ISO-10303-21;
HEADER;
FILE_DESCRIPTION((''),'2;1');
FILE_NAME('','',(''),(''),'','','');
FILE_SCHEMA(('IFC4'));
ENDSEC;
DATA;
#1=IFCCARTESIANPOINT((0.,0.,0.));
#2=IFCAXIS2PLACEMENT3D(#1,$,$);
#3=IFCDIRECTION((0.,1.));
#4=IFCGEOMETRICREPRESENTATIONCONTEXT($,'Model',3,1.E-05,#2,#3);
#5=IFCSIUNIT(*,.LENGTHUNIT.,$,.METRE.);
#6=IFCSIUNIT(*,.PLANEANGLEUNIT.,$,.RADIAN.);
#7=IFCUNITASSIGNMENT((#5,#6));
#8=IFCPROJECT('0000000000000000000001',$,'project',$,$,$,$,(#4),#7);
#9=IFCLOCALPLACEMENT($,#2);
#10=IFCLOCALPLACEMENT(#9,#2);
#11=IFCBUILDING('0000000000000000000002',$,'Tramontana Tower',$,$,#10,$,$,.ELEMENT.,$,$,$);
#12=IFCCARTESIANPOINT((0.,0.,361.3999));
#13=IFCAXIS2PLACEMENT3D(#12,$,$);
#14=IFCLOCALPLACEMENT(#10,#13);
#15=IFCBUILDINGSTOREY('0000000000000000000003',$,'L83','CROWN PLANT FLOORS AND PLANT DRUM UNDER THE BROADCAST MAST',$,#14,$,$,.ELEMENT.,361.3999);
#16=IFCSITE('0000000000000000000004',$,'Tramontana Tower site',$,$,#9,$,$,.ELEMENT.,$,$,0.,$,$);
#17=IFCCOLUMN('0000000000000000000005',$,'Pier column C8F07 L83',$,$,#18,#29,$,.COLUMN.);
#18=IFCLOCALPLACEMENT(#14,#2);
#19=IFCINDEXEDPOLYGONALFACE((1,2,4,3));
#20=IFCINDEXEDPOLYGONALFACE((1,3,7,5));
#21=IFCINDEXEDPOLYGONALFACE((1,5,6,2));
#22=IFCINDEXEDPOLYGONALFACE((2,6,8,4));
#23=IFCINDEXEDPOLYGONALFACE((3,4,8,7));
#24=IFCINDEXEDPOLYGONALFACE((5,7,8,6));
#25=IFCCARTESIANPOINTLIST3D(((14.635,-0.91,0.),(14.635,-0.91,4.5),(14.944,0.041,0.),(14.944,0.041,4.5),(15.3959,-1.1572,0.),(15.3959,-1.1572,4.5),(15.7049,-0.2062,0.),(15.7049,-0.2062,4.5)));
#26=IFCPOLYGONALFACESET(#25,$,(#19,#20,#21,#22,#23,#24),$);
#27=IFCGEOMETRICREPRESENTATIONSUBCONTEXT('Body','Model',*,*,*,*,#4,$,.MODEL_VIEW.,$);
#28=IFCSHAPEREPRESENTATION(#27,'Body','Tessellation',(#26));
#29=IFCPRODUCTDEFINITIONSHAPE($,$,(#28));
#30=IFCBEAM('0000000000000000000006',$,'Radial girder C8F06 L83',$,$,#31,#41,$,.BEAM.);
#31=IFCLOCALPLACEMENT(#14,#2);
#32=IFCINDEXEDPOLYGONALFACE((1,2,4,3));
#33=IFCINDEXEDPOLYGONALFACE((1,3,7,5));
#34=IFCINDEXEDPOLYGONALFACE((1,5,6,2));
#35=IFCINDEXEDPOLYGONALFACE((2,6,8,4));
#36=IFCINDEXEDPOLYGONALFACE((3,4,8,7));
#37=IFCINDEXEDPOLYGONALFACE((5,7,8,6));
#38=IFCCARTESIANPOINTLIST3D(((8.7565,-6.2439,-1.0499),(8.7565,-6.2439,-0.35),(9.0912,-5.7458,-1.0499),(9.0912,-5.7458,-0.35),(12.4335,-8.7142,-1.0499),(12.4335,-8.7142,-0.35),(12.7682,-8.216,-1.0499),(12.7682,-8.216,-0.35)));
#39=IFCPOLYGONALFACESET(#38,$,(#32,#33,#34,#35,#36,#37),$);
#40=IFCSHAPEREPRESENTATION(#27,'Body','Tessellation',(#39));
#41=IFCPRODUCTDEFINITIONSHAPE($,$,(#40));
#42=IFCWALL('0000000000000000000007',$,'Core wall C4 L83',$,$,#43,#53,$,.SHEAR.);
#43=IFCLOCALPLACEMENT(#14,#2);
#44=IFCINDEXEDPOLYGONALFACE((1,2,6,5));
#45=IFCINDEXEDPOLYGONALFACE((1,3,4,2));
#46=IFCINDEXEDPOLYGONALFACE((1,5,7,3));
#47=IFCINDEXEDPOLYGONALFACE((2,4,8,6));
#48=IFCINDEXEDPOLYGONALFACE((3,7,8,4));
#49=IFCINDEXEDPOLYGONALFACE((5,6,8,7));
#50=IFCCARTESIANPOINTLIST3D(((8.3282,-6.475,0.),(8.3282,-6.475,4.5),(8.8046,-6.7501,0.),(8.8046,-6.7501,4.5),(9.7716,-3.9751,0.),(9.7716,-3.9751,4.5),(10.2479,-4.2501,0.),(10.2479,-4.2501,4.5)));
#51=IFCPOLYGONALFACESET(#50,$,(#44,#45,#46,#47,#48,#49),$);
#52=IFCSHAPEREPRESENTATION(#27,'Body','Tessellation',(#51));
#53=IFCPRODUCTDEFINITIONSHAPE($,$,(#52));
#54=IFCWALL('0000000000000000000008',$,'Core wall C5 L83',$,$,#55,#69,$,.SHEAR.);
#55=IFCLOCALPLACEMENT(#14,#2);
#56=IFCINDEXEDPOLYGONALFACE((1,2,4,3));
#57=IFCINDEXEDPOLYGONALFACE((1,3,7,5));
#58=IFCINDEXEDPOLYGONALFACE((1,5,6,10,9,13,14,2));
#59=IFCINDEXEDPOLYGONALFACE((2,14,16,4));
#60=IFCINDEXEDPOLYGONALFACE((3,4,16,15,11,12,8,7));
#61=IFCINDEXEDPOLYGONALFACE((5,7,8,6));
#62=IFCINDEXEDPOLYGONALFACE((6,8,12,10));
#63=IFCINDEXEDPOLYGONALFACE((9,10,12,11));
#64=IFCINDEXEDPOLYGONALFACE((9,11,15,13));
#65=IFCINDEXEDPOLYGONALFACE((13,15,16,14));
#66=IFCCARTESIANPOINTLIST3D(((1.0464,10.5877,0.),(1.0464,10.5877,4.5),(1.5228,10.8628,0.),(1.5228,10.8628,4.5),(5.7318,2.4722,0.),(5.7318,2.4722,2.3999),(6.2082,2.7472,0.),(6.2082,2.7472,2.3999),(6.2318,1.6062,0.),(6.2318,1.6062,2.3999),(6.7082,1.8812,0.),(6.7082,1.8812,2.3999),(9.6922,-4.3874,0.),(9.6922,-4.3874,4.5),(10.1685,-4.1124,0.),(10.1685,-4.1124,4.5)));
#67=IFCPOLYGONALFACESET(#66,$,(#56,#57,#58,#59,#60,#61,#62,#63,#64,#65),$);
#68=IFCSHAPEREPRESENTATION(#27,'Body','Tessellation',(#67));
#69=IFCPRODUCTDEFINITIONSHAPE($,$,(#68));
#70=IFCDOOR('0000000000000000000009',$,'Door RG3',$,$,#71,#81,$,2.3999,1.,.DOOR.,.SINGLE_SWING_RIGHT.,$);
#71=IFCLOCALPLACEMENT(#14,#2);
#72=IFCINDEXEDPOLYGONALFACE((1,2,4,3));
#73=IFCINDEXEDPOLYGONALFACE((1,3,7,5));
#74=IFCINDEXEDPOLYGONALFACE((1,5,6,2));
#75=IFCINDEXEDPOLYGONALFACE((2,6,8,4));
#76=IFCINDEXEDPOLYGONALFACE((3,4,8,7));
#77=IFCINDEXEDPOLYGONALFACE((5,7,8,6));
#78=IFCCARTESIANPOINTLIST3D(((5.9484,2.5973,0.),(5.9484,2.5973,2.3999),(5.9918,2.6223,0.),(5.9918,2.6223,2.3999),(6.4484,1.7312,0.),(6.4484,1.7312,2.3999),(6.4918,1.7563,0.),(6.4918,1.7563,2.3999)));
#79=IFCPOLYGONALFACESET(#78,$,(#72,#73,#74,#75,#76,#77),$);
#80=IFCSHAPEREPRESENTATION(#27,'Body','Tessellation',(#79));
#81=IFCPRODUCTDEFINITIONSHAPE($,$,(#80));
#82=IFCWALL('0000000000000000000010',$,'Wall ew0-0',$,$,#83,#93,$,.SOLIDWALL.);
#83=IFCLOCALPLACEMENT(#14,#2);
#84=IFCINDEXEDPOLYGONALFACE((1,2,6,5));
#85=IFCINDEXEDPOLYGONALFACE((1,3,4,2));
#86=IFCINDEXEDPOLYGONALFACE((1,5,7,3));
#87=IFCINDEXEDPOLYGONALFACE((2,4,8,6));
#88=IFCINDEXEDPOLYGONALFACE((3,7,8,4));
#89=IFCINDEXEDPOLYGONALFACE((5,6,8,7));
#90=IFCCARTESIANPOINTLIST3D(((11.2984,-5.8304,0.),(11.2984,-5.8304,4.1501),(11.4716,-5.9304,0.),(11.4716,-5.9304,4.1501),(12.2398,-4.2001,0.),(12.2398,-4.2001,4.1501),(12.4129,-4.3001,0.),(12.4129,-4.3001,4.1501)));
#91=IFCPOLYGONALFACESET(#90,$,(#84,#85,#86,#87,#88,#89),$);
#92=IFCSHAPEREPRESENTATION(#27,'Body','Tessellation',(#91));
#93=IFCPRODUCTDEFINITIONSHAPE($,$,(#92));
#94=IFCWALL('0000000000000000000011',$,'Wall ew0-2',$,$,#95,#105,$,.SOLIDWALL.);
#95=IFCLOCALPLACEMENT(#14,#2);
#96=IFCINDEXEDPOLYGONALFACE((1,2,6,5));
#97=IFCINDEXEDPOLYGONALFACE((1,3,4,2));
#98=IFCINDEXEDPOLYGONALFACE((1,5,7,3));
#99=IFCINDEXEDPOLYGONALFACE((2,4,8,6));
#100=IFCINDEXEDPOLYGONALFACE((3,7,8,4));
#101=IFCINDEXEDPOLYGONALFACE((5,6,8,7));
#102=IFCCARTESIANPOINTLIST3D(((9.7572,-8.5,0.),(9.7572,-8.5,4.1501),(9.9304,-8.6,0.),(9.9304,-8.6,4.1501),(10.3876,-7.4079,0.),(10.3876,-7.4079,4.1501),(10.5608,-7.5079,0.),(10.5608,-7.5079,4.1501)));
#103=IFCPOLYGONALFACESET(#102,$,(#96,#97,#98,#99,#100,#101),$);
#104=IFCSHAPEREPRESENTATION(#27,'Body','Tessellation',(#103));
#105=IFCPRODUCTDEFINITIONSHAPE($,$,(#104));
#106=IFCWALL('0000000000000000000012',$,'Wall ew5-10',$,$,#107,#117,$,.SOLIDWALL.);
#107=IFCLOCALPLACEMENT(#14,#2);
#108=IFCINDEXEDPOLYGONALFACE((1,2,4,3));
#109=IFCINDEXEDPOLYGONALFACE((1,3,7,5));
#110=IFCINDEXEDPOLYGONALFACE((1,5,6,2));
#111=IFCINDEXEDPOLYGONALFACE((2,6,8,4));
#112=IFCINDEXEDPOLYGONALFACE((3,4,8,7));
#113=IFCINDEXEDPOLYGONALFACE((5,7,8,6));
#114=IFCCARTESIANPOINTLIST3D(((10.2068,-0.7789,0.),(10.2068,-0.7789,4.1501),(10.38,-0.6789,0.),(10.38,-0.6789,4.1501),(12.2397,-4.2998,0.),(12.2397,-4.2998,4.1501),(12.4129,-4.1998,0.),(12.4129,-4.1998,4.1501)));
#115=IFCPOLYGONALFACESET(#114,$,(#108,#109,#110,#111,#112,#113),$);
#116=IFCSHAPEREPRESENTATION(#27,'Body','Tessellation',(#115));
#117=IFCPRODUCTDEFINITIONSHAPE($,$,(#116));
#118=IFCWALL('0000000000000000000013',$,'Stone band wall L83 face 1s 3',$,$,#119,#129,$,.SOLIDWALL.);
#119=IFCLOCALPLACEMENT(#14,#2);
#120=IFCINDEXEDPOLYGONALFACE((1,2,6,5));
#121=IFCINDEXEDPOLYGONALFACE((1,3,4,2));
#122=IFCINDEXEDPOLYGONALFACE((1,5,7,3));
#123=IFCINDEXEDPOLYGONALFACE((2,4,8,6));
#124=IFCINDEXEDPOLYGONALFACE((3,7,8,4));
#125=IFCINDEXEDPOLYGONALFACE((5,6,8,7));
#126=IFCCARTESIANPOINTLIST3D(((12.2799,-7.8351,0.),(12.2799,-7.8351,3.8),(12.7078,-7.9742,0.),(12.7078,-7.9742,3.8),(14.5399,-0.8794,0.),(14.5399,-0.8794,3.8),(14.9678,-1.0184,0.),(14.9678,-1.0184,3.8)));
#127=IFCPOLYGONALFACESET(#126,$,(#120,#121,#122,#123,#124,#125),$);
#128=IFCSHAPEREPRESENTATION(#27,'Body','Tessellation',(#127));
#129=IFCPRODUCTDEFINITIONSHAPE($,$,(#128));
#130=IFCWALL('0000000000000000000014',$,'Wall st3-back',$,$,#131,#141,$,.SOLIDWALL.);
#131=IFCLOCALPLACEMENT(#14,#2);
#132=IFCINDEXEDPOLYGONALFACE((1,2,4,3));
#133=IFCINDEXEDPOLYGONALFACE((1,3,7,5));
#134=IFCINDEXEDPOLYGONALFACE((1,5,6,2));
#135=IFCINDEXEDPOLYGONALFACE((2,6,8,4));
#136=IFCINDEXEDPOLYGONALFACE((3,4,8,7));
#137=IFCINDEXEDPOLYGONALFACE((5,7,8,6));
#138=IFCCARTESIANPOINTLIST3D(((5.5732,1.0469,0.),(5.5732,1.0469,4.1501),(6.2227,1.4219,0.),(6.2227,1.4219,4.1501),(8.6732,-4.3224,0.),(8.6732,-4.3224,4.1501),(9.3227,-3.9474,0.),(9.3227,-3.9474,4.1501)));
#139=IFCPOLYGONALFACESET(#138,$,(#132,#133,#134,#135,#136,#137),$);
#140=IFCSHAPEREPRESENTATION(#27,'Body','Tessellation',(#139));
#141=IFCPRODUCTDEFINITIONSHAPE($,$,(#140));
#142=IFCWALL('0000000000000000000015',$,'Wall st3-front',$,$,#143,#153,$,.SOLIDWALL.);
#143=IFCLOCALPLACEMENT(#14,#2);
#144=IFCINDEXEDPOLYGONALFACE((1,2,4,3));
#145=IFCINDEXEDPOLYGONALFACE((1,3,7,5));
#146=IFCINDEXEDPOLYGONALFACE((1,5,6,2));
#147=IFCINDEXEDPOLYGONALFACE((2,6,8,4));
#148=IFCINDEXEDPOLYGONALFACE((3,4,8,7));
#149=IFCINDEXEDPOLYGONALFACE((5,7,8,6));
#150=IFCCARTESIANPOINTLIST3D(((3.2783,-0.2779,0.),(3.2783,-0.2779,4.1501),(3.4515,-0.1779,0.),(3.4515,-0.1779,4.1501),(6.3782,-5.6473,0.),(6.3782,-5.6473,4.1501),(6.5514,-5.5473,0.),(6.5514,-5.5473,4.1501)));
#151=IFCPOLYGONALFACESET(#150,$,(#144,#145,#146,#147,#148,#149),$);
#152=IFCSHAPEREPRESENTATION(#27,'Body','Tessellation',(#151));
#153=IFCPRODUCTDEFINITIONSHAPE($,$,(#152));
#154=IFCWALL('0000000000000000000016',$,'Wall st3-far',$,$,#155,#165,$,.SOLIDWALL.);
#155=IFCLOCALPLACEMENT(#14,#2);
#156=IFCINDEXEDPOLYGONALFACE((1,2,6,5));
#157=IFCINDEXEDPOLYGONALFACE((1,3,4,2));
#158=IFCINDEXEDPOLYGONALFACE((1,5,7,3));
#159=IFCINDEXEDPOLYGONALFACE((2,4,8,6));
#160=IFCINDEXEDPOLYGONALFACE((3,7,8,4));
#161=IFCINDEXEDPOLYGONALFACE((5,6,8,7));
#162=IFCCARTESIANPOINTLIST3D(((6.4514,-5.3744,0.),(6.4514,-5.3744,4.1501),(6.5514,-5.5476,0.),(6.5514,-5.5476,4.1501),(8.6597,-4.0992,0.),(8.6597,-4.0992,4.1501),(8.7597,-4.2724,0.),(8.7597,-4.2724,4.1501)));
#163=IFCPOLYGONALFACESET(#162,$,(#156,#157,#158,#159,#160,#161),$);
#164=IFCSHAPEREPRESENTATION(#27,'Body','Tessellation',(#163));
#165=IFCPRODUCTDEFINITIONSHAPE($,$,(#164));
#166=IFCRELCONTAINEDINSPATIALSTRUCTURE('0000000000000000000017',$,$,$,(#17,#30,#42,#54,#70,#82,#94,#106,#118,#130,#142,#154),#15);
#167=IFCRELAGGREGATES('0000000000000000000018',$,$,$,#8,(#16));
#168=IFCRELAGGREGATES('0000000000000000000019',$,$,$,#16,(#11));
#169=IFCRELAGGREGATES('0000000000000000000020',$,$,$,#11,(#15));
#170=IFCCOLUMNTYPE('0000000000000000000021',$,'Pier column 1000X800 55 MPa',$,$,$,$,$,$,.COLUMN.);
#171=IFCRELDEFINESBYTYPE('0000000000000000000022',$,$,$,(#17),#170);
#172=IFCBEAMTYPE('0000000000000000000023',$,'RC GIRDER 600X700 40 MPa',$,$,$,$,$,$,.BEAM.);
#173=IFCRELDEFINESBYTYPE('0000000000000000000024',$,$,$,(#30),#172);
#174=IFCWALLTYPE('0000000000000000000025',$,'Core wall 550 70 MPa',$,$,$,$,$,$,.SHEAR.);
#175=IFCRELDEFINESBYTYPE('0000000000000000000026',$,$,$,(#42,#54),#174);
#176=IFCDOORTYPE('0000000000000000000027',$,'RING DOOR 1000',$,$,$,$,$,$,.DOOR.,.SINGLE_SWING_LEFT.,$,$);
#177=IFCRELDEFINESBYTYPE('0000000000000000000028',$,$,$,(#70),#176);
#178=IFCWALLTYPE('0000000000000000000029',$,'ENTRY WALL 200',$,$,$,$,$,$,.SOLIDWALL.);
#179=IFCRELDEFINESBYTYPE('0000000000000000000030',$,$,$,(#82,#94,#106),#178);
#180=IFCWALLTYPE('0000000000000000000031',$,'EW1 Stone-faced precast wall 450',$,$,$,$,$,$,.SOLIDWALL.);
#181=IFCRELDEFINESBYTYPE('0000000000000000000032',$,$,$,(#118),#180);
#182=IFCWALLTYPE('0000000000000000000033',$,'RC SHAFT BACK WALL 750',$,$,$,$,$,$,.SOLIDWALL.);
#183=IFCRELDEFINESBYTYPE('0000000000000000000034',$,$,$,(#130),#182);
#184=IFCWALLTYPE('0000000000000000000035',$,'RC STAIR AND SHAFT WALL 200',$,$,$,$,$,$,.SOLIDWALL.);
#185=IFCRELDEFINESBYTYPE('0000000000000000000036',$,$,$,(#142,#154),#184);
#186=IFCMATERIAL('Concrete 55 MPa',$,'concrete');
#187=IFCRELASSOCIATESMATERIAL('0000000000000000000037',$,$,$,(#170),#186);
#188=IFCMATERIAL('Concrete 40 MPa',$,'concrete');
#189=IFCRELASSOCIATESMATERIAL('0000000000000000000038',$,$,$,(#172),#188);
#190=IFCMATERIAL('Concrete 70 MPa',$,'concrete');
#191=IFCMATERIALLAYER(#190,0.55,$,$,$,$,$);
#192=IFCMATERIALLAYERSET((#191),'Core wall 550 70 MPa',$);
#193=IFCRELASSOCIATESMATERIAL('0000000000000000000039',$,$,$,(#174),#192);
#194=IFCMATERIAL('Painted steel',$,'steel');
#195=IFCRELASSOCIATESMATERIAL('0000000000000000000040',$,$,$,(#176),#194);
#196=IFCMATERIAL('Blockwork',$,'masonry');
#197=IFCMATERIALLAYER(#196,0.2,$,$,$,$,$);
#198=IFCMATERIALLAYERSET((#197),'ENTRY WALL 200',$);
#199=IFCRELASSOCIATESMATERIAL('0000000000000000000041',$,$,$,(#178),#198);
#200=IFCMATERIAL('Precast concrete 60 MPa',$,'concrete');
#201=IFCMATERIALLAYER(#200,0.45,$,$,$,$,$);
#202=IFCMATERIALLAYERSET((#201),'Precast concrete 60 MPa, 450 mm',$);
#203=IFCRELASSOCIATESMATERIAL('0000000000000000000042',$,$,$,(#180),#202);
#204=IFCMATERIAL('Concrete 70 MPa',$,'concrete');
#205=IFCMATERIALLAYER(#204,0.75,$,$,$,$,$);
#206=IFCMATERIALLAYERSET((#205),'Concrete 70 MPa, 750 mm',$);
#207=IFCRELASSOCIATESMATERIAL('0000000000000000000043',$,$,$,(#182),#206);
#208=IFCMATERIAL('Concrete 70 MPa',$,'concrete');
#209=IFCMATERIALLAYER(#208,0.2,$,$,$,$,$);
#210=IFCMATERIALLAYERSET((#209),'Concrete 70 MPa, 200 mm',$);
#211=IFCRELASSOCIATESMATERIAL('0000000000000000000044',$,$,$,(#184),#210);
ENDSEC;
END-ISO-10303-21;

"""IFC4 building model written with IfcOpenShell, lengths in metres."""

from ifc_helpers import new_model, si_unit, direction, frame, frame_2d, origin, origin_2d, place, context, subcontext, project, spatial, rectangle, extrude, material, layer, layer_set, material_profile, profile_set, type_object, element, fill, save


model = new_model("IFC4")

# Units and contexts
model_context = context("Model", 3, precision=1e-05, world=origin(), true_north=direction((0.0, 1.0)))
body_context = subcontext(model_context, "Body", "Model", "MODEL_VIEW")
ifc_project = project(units=[si_unit("LENGTHUNIT", "METRE"), si_unit("PLANEANGLEUNIT", "RADIAN")], contexts=[model_context])

# Site, building, storey
site_placement = place(None, origin())
site = spatial("IfcSite", under=ifc_project, at=site_placement, Name="Tramontana Tower site", CompositionType="ELEMENT", RefElevation=0.0)
building_placement = place(site_placement, origin())
building = spatial("IfcBuilding", under=site, at=building_placement, Name="Tramontana Tower", CompositionType="ELEMENT")
storey_placement = place(building_placement, frame((0.0, 0.0, 361.3999)))
storey = spatial("IfcBuildingStorey", under=building, at=storey_placement, Name="L83", Description="CROWN PLANT FLOORS AND PLANT DRUM UNDER THE BROADCAST MAST", CompositionType="ELEMENT", Elevation=361.3999)

# Column
ifc_material_1 = material(Name="Concrete 55 MPa", Category="concrete")
ifc_material_profile_1 = material_profile(ifc_material_1, rectangle(XDim=1.0, YDim=0.8, at=origin_2d()), Name="Pier column 1000X800 55 MPa")
ifc_profile_set_1 = profile_set([ifc_material_profile_1], Name="Concrete 55 MPa")
column_type = type_object("IfcColumnType", Name="Pier column 1000X800 55 MPa", PredefinedType="COLUMN", material=ifc_profile_set_1)
column_placement = place(storey_placement, frame((15.1699, -0.5581, 0.0), z_axis=(0.0, 0.0, 1.0), x_axis=(0.309017, 0.951057, 0.0)))
element("IfcColumn", 1, at=column_placement, inside=storey, type_object=column_type, Name="Pier column C8F07 L83", PredefinedType="COLUMN", context=body_context, shape_type="SweptSolid", body=[
    extrude(rectangle(XDim=1.0, YDim=0.8, at=origin_2d()), origin(), (0.0, 0.0, 1.0), 4.5),
])

# Beam
ifc_material_2 = material(Name="Concrete 40 MPa", Category="concrete")
ifc_material_profile_2 = material_profile(ifc_material_2, rectangle(XDim=0.6001, YDim=0.7, at=origin_2d()), Name="RC GIRDER 600X700 40 MPa")
ifc_profile_set_2 = profile_set([ifc_material_profile_2], Name="Concrete 40 MPa")
beam_type = type_object("IfcBeamType", Name="RC GIRDER 600X700 40 MPa", PredefinedType="BEAM", material=ifc_profile_set_2)
beam_placement = place(storey_placement, frame((12.6008, -8.4651, -0.7), z_axis=(-0.830078, 0.557647, 0.0), x_axis=(-0.557647, -0.830078, 0.0)))
element("IfcBeam", 2, at=beam_placement, inside=storey, type_object=beam_type, Name="Radial girder C8F06 L83", PredefinedType="BEAM", context=body_context, shape_type="SweptSolid", body=[
    extrude(rectangle(XDim=0.6001, YDim=0.7, at=origin_2d()), origin(), (0.0, 0.0, 1.0), 4.4297),
])

# Wall
ifc_material_3 = material(Name="Concrete 70 MPa", Category="concrete")
ifc_layer_1 = layer(ifc_material_3, 0.55)
ifc_layer_set_1 = layer_set([ifc_layer_1], Name="Core wall 550 70 MPa")
wall_type_1 = type_object("IfcWallType", Name="Core wall 550 70 MPa", PredefinedType="SHEAR", material=ifc_layer_set_1)
wall_1_placement = place(storey_placement, frame((8.5664, -6.6125, 0.0), z_axis=(0.0, 0.0, 1.0), x_axis=(0.499996, 0.866028, 0.0)))
element("IfcWall", 3, at=wall_1_placement, inside=storey, type_object=wall_type_1, Name="Core wall C4 L83", PredefinedType="SHEAR", context=body_context, shape_type="SweptSolid", body=[
    extrude(rectangle(XDim=2.8867, YDim=0.55, at=frame_2d((1.4434, 0.0))), origin(), (0.0, 0.0, 1.0), 4.5),
])

# Wall, opening, door
wall_2_placement = place(storey_placement, frame((9.9304, -4.25, 0.0), z_axis=(0.0, 0.0, 1.0), x_axis=(-0.499995, 0.866029, 0.0)))
wall_2 = element("IfcWall", 4, at=wall_2_placement, inside=storey, type_object=wall_type_1, Name="Core wall C5 L83", PredefinedType="SHEAR", context=body_context, shape_type="SweptSolid", body=[
    extrude(rectangle(XDim=17.2917, YDim=0.55, at=frame_2d((8.646, 0.0))), origin(), (0.0, 0.0, 1.0), 4.5),
])
opening_1_placement = place(wall_2_placement, frame((6.9209, 0.0, 0.0)))
opening_1 = element("IfcOpeningElement", 5, at=opening_1_placement, cuts=wall_2, PredefinedType="OPENING", context=body_context, shape_type="SweptSolid", body=[
    extrude(rectangle(XDim=1.0, YDim=2.3999, at=frame_2d((0.5, 1.2))), frame((0.0, 0.2849, 0.0), z_axis=(0.0, -1.0, 0.0), x_axis=(1.0, 0.0, 0.0)), (0.0, 0.0, 1.0), 0.5701),
])
ifc_material_4 = material(Name="Painted steel", Category="steel")
door_type_1 = type_object("IfcDoorType", Name="RING DOOR 1000", OperationType="SINGLE_SWING_LEFT", PredefinedType="DOOR", material=ifc_material_4)
door_1_placement = place(opening_1_placement, origin())
door_1 = element("IfcDoor", 6, at=door_1_placement, inside=storey, type_object=door_type_1, Name="Door RG3", OperationType="SINGLE_SWING_RIGHT", OverallHeight=2.3999, OverallWidth=1.0, PredefinedType="DOOR", context=body_context, shape_type="SweptSolid", body=[
    extrude(rectangle(XDim=1.0, YDim=2.3999, at=frame_2d((0.5, 1.2))), frame((0.0, 0.0249, 0.0), z_axis=(0.0, -1.0, 0.0), x_axis=(1.0, 0.0, 0.0)), (0.0, 0.0, 1.0), 0.05),
])
fill(opening_1, door_1)

# Wall
ifc_material_5 = material(Name="Blockwork", Category="masonry")
ifc_layer_2 = layer(ifc_material_5, 0.2)
ifc_layer_set_2 = layer_set([ifc_layer_2], Name="ENTRY WALL 200")
wall_type_2 = type_object("IfcWallType", Name="ENTRY WALL 200", PredefinedType="SOLIDWALL", material=ifc_layer_set_2)
wall_3_placement = place(storey_placement, frame((12.3264, -4.25, 0.0), z_axis=(0.0, 0.0, 1.0), x_axis=(-0.500044, -0.866, 0.0)))
element("IfcWall", 7, at=wall_3_placement, inside=storey, type_object=wall_type_2, Name="Wall ew0-0", PredefinedType="SOLIDWALL", context=body_context, shape_type="SweptSolid", body=[
    extrude(rectangle(XDim=1.8826, YDim=0.2, at=frame_2d((0.9414, 0.0))), origin(), (0.0, 0.0, 1.0), 4.1501),
])

# Walls
wall_4_placement = place(storey_placement, frame((10.4741, -7.458, 0.0), z_axis=(0.0, 0.0, 1.0), x_axis=(-0.499929, -0.866066, 0.0)))
element("IfcWall", 8, at=wall_4_placement, inside=storey, type_object=wall_type_2, Name="Wall ew0-2", PredefinedType="SOLIDWALL", context=body_context, shape_type="SweptSolid", body=[
    extrude(rectangle(XDim=1.261, YDim=0.2, at=frame_2d((0.6304, 0.0))), origin(), (0.0, 0.0, 1.0), 4.1501),
])
wall_5_placement = place(storey_placement, frame((10.2935, -0.729, 0.0), z_axis=(0.0, 0.0, 1.0), x_axis=(0.50002, -0.866014, 0.0)))
element("IfcWall", 9, at=wall_5_placement, inside=storey, type_object=wall_type_2, Name="Wall ew5-10", PredefinedType="SOLIDWALL", context=body_context, shape_type="SweptSolid", body=[
    extrude(rectangle(XDim=4.0657, YDim=0.2, at=frame_2d((2.0327, 0.0))), origin(), (0.0, 0.0, 1.0), 4.1501),
])
ifc_material_6 = material(Name="Precast concrete 60 MPa", Category="concrete")
ifc_layer_3 = layer(ifc_material_6, 0.45)
ifc_layer_set_3 = layer_set([ifc_layer_3], Name="Precast concrete 60 MPa, 450 mm")
wall_type_3 = type_object("IfcWallType", Name="EW1 Stone-faced precast wall 450", PredefinedType="SOLIDWALL", material=ifc_layer_set_3)
wall_6_placement = place(storey_placement, frame((12.4939, -7.9045, 0.0), z_axis=(0.0, 0.0, 1.0), x_axis=(0.309008, 0.951059, 0.0)))
element("IfcWall", 10, at=wall_6_placement, inside=storey, type_object=wall_type_3, Name="Stone band wall L83 face 1s 3", PredefinedType="SOLIDWALL", context=body_context, shape_type="SweptSolid", body=[
    extrude(rectangle(XDim=7.3137, YDim=0.45, at=frame_2d((3.6567, 0.0))), origin(), (0.0, 0.0, 1.0), 3.8),
])
ifc_material_7 = material(Name="Concrete 70 MPa", Category="concrete")
ifc_layer_4 = layer(ifc_material_7, 0.75)
ifc_layer_set_4 = layer_set([ifc_layer_4], Name="Concrete 70 MPa, 750 mm")
wall_type_4 = type_object("IfcWallType", Name="RC SHAFT BACK WALL 750", PredefinedType="SOLIDWALL", material=ifc_layer_set_4)
wall_7_placement = place(storey_placement, frame((8.998, -4.135, 0.0), z_axis=(0.0, 0.0, 1.0), x_axis=(-0.50001, 0.86602, 0.0)))
element("IfcWall", 11, at=wall_7_placement, inside=storey, type_object=wall_type_4, Name="Wall st3-back", PredefinedType="SOLIDWALL", context=body_context, shape_type="SweptSolid", body=[
    extrude(rectangle(XDim=6.2, YDim=0.75, at=frame_2d((3.1001, 0.0))), origin(), (0.0, 0.0, 1.0), 4.1501),
])
ifc_material_8 = material(Name="Concrete 70 MPa", Category="concrete")
ifc_layer_5 = layer(ifc_material_8, 0.2)
ifc_layer_set_5 = layer_set([ifc_layer_5], Name="Concrete 70 MPa, 200 mm")
wall_type_5 = type_object("IfcWallType", Name="RC STAIR AND SHAFT WALL 200", PredefinedType="SOLIDWALL", material=ifc_layer_set_5)
wall_8_placement = place(storey_placement, frame((6.4648, -5.5974, 0.0), z_axis=(0.0, 0.0, 1.0), x_axis=(-0.49998, 0.866037, 0.0)))
element("IfcWall", 12, at=wall_8_placement, inside=storey, type_object=wall_type_5, Name="Wall st3-front", PredefinedType="SOLIDWALL", context=body_context, shape_type="SweptSolid", body=[
    extrude(rectangle(XDim=6.2, YDim=0.2, at=frame_2d((3.1001, 0.0))), origin(), (0.0, 0.0, 1.0), 4.1501),
])
wall_9_placement = place(storey_placement, frame((6.5015, -5.4609, 0.0), z_axis=(0.0, 0.0, 1.0), x_axis=(0.865989, 0.500062, 0.0)))
element("IfcWall", 13, at=wall_9_placement, inside=storey, type_object=wall_type_5, Name="Wall st3-far", PredefinedType="SOLIDWALL", context=body_context, shape_type="SweptSolid", body=[
    extrude(rectangle(XDim=2.55, YDim=0.2, at=frame_2d((1.2749, 0.0))), origin(), (0.0, 0.0, 1.0), 4.1501),
])

save(model, "model.ifc")
